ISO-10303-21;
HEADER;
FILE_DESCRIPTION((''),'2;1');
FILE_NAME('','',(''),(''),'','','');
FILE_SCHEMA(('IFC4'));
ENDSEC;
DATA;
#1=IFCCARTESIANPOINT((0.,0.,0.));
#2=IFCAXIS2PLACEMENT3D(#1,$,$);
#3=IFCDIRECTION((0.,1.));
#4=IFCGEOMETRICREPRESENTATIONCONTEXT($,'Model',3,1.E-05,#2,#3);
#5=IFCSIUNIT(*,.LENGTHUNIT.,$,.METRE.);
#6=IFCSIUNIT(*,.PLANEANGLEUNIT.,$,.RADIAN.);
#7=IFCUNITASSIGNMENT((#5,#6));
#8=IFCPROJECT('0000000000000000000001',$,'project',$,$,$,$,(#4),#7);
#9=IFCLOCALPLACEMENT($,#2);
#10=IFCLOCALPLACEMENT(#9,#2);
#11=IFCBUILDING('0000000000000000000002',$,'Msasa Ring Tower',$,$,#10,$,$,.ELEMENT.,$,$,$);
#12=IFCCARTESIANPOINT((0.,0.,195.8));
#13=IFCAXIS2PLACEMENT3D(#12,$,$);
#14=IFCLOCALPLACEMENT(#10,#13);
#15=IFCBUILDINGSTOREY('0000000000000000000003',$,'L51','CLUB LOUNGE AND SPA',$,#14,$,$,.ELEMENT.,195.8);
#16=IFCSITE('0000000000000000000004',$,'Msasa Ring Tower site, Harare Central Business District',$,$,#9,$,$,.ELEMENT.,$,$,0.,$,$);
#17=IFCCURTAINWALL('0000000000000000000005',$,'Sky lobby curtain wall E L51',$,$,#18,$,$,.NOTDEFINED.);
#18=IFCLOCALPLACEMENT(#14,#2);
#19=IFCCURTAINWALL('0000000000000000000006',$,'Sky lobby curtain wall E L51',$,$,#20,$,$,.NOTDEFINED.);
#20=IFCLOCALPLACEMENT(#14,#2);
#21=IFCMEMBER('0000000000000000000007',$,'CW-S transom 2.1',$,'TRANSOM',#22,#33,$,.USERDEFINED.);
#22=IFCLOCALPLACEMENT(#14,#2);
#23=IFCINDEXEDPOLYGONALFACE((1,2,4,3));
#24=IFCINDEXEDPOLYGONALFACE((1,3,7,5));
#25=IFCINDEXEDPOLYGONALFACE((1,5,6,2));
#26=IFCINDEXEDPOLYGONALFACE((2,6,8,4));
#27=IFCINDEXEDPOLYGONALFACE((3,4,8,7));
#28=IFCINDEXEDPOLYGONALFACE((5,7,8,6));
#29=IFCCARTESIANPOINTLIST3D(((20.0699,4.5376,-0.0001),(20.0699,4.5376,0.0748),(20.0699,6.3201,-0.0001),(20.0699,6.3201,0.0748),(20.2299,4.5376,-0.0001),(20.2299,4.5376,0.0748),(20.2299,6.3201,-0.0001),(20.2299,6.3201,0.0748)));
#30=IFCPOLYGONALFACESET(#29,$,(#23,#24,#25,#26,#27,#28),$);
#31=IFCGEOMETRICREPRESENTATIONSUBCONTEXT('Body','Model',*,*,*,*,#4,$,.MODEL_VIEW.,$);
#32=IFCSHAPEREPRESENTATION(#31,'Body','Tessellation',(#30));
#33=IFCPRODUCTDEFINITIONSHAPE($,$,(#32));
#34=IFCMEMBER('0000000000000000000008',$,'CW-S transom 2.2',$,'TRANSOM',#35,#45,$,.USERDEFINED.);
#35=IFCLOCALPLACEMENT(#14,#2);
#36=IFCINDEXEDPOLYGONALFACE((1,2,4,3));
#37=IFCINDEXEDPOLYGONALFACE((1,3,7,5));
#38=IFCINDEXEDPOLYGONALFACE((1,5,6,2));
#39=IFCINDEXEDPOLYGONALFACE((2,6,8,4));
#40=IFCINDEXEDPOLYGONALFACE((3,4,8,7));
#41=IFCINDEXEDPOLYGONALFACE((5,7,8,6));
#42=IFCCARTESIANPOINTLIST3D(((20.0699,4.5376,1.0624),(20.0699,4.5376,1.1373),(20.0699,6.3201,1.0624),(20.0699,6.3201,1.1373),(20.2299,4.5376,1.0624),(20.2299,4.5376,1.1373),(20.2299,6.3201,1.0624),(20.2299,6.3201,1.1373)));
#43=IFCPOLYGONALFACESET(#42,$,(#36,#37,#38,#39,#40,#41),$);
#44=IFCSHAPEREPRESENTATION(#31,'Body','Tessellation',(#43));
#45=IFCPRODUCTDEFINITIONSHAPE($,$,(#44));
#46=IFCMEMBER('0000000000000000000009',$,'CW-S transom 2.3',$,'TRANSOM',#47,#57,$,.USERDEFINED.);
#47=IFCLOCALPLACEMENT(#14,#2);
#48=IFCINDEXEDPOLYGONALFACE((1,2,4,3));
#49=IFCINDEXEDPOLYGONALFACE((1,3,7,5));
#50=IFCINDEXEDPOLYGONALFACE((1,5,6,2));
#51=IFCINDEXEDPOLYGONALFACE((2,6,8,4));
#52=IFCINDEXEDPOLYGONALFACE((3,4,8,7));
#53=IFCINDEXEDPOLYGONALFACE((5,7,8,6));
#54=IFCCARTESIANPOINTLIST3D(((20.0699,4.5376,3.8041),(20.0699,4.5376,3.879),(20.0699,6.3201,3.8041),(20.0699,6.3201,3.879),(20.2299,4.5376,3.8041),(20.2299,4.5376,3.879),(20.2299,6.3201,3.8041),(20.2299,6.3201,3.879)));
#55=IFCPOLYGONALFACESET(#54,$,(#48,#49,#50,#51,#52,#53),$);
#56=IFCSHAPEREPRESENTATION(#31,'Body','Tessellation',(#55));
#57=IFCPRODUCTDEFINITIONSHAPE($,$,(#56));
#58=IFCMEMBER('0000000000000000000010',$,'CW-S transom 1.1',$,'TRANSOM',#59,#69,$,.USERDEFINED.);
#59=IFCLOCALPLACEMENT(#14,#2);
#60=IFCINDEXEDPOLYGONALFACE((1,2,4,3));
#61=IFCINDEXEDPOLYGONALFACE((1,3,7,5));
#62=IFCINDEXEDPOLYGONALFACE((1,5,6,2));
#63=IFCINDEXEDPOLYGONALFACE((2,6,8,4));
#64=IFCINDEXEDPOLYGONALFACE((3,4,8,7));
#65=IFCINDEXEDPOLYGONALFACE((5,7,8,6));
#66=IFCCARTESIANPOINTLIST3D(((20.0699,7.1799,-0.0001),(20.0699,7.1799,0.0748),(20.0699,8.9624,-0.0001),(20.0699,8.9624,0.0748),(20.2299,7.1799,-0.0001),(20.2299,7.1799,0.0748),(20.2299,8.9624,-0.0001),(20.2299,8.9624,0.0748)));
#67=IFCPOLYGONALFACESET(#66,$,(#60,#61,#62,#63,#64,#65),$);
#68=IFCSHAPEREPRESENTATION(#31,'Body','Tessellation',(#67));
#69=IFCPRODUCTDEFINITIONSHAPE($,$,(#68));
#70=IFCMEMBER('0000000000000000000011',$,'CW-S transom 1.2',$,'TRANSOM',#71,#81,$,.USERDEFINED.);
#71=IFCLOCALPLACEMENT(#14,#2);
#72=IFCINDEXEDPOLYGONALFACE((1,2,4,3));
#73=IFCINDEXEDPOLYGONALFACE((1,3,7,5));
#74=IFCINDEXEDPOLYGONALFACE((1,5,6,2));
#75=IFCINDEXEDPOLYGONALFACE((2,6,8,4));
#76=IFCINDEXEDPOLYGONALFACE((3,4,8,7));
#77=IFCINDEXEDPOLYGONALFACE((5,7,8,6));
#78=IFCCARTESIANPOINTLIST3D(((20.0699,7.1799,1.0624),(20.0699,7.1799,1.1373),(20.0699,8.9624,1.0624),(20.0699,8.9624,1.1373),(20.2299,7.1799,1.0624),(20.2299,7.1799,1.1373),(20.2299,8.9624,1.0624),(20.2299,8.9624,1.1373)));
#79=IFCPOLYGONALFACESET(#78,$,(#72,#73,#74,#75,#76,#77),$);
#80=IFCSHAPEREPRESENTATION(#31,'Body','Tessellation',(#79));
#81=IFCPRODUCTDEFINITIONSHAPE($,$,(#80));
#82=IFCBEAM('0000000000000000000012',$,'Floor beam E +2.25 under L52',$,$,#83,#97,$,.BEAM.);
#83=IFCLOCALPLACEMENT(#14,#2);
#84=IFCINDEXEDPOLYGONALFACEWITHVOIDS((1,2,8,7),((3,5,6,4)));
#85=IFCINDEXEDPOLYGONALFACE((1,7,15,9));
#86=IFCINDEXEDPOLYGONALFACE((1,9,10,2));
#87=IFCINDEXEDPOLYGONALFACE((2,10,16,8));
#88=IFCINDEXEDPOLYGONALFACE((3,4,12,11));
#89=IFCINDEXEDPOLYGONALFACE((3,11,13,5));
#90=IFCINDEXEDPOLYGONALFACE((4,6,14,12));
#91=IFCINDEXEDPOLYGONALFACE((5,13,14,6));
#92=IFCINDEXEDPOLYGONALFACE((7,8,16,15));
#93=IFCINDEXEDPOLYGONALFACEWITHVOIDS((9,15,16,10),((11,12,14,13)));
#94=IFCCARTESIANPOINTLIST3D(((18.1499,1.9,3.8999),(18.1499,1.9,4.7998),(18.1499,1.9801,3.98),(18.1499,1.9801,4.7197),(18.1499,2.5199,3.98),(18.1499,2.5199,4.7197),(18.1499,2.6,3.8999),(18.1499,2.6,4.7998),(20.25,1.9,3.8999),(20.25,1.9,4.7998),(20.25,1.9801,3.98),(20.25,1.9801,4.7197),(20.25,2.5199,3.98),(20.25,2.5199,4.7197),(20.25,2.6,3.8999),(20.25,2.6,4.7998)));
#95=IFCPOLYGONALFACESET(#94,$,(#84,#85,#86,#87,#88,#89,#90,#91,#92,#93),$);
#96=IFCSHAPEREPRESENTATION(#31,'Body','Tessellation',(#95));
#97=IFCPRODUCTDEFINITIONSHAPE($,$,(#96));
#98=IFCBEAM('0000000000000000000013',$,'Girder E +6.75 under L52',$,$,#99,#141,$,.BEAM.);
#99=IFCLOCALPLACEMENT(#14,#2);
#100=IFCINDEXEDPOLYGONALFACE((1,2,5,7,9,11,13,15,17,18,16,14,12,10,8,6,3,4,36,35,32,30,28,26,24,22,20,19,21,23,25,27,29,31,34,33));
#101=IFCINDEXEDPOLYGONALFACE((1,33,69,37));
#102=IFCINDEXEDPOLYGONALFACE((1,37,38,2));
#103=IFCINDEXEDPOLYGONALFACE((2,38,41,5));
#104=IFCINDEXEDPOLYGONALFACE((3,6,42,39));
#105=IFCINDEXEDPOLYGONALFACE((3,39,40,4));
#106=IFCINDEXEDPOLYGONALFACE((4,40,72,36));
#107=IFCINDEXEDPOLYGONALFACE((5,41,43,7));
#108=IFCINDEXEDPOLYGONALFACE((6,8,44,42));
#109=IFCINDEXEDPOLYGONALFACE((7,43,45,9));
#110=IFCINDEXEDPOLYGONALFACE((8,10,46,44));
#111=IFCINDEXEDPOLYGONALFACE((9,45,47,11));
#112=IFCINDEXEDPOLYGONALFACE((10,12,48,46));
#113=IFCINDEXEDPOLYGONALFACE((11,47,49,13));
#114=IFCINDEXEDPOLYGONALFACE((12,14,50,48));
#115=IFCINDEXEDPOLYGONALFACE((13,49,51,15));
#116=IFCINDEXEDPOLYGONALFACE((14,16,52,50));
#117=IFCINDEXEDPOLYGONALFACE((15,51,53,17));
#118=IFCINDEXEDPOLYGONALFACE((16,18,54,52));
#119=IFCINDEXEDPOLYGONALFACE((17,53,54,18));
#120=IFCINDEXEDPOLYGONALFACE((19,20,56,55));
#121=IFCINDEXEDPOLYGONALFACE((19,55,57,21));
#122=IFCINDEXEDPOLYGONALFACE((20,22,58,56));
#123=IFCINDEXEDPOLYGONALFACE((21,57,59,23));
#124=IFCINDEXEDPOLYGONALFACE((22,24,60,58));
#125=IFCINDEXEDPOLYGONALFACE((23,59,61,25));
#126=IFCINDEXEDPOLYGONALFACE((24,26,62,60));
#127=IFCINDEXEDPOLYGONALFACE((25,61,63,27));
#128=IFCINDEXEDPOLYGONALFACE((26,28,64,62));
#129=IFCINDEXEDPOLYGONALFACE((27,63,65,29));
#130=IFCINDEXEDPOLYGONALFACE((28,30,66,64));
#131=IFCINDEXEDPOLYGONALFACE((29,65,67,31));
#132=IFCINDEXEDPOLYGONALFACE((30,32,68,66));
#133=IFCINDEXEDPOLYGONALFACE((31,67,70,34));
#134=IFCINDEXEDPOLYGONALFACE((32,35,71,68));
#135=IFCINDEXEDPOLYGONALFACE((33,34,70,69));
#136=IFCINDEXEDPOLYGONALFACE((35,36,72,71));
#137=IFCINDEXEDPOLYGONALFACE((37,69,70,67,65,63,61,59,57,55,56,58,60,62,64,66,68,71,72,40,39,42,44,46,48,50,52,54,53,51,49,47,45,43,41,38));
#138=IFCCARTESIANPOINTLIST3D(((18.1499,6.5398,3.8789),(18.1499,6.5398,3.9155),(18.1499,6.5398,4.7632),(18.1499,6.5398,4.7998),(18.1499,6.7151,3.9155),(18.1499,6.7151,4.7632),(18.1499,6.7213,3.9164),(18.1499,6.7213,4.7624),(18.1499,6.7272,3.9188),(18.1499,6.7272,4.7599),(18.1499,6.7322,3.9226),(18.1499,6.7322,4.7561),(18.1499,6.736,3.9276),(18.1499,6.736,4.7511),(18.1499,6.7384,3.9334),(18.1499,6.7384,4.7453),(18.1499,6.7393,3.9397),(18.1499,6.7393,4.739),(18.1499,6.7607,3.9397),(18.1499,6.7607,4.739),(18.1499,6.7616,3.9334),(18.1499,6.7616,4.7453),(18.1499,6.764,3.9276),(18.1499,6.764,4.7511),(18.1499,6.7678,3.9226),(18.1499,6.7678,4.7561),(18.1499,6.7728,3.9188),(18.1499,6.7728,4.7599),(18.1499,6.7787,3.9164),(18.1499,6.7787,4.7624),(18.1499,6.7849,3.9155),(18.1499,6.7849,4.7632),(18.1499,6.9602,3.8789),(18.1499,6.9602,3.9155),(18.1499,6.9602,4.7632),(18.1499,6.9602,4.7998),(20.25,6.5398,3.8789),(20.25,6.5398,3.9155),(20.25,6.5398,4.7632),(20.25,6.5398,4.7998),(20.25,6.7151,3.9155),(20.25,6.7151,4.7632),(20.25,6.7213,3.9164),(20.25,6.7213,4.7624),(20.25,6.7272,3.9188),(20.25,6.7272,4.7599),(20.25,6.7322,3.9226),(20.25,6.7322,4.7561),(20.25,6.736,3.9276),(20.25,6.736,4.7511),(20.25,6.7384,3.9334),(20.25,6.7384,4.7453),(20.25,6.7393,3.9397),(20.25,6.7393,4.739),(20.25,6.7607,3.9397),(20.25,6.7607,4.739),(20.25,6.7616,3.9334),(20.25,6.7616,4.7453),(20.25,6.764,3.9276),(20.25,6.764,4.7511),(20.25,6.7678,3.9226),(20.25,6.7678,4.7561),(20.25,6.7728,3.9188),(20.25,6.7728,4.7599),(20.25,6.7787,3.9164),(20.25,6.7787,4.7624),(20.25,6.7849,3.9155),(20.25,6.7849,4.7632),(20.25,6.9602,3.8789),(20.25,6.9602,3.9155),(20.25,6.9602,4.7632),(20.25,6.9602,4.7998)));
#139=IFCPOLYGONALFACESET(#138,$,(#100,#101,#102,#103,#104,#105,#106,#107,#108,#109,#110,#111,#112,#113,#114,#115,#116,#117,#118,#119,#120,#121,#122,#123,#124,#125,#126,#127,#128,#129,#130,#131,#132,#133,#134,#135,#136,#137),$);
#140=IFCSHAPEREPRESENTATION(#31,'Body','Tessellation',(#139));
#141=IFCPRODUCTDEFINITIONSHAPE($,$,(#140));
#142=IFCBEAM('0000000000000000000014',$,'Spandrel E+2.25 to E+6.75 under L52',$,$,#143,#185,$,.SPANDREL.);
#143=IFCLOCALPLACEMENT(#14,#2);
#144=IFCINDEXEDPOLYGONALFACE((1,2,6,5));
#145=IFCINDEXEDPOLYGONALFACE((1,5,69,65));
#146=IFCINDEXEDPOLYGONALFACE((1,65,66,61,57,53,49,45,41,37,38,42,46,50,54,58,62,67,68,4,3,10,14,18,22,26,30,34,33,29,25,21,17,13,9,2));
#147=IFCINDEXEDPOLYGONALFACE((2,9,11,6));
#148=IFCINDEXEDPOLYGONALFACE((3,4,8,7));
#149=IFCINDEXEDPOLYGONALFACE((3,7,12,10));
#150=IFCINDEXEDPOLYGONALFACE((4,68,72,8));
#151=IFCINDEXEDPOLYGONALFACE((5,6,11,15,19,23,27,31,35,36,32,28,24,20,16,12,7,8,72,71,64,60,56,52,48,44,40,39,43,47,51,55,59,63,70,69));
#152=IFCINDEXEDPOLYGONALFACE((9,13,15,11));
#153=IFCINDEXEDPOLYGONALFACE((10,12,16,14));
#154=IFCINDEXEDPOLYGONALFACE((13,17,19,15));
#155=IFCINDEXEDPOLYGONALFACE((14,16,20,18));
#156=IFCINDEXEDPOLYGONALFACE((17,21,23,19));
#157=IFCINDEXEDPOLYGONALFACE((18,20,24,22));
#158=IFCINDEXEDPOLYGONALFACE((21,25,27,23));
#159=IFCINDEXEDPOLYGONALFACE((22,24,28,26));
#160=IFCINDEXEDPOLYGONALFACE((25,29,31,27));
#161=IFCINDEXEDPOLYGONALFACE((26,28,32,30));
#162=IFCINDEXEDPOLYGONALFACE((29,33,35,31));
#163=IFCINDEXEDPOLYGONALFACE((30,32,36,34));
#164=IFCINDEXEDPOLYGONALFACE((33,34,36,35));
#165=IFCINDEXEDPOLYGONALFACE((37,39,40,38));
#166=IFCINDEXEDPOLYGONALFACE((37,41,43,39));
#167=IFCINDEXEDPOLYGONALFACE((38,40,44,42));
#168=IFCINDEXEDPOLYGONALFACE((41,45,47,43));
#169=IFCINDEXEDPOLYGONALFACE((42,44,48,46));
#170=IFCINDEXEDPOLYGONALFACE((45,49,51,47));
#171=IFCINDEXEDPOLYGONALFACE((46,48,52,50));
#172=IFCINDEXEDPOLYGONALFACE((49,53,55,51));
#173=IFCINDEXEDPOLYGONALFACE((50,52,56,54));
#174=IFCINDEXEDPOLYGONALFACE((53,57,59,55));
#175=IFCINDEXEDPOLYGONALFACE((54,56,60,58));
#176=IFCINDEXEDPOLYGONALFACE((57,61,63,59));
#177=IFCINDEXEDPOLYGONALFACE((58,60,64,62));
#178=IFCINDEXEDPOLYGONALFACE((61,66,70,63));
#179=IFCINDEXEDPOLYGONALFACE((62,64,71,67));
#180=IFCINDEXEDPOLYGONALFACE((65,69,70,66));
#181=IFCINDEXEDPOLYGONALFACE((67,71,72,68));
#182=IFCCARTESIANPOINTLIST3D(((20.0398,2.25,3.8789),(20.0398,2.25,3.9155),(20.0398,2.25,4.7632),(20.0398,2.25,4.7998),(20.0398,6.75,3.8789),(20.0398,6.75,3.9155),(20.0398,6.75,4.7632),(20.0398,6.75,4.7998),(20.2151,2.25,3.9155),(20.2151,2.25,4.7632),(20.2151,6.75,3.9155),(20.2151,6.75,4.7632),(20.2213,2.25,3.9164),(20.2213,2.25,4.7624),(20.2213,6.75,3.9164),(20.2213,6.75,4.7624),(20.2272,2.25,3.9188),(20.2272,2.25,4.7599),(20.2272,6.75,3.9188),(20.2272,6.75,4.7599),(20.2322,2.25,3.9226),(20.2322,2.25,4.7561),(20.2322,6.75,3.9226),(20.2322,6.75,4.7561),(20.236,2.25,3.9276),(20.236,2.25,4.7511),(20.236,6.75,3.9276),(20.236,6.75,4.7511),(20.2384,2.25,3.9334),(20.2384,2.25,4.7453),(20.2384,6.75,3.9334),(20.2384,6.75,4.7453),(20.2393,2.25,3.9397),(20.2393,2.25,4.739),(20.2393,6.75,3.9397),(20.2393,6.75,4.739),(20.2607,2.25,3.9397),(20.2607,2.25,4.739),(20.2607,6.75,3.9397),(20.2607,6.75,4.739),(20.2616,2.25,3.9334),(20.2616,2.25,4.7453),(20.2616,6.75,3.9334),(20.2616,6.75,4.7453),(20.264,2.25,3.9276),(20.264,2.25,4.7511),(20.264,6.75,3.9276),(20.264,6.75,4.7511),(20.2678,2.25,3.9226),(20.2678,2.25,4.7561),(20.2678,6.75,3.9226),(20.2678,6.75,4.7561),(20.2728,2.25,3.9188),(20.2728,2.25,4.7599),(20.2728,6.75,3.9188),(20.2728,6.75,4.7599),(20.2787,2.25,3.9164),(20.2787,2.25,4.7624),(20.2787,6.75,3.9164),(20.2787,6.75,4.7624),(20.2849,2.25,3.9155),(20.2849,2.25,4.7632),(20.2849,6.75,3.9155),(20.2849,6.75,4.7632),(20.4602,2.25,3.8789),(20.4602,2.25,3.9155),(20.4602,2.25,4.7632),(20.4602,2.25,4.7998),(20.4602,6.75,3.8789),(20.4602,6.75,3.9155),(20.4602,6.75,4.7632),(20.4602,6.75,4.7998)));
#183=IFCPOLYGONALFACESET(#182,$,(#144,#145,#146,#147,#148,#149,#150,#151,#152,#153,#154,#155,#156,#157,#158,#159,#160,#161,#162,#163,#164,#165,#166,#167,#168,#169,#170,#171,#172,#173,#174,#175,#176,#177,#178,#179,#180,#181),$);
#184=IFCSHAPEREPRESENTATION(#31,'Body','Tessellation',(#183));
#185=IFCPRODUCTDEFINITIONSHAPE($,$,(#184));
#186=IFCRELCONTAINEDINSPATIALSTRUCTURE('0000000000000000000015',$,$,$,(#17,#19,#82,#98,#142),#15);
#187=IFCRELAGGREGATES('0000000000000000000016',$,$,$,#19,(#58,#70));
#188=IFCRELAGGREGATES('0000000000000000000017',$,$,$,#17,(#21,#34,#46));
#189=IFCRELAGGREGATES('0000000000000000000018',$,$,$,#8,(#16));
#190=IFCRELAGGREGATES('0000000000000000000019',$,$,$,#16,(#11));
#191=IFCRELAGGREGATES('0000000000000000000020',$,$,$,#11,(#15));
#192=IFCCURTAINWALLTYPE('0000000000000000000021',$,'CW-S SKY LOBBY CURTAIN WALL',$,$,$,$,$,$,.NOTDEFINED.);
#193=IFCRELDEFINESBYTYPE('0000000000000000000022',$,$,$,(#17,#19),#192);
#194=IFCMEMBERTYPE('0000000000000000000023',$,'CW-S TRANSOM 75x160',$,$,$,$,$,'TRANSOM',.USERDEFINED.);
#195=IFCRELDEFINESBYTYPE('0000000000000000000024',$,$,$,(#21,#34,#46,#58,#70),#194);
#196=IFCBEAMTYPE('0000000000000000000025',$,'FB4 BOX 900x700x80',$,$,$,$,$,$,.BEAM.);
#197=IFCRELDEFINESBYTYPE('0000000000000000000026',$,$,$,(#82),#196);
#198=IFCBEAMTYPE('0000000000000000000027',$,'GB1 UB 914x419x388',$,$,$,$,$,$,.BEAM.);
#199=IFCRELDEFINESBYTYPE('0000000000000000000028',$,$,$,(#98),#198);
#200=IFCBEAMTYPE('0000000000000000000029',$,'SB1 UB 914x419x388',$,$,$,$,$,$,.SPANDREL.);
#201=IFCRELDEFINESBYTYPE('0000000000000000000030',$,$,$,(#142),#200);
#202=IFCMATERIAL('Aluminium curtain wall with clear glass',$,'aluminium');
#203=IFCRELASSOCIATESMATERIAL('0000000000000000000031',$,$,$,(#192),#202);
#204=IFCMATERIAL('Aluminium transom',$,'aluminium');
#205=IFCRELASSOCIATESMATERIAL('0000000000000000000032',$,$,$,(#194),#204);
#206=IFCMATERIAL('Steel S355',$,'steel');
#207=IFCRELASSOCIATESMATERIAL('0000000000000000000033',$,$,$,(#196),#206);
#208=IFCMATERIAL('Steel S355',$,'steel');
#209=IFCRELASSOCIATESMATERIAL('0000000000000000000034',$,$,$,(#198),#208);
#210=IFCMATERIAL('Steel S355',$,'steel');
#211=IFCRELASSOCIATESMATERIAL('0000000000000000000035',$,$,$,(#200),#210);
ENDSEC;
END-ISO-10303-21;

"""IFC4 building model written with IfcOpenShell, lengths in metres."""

from ifc_helpers import new_model, si_unit, direction, frame, origin, origin_2d, place, context, subcontext, project, spatial, rectangle, hollow_rectangle, i_section, extrude, material, material_profile, profile_set, type_object, element, aggregate, save


model = new_model("IFC4")

# Units and contexts
model_context = context("Model", 3, precision=1e-05, world=origin(), true_north=direction((0.0, 1.0)))
body_context = subcontext(model_context, "Body", "Model", "MODEL_VIEW")
ifc_project = project(units=[si_unit("LENGTHUNIT", "METRE"), si_unit("PLANEANGLEUNIT", "RADIAN")], contexts=[model_context])

# Site, building, storey
site_placement = place(None, origin())
site = spatial("IfcSite", under=ifc_project, at=site_placement, Name="Msasa Ring Tower site, Harare Central Business District", CompositionType="ELEMENT", RefElevation=0.0)
building_placement = place(site_placement, origin())
building = spatial("IfcBuilding", under=site, at=building_placement, Name="Msasa Ring Tower", CompositionType="ELEMENT")
storey_placement = place(building_placement, frame((0.0, 0.0, 195.8)))
storey = spatial("IfcBuildingStorey", under=building, at=storey_placement, Name="L51", Description="CLUB LOUNGE AND SPA", CompositionType="ELEMENT", Elevation=195.8)

# Curtain wall
ifc_material_1 = material(Name="Aluminium curtain wall with clear glass", Category="aluminium")
curtain_wall_type = type_object("IfcCurtainWallType", Name="CW-S SKY LOBBY CURTAIN WALL", PredefinedType="NOTDEFINED", material=ifc_material_1)
curtain_wall_1_placement = place(storey_placement, origin())
curtain_wall_1 = element("IfcCurtainWall", 1, at=curtain_wall_1_placement, inside=storey, type_object=curtain_wall_type, Name="Sky lobby curtain wall E L51", PredefinedType="NOTDEFINED")

# Curtain wall
curtain_wall_2_placement = place(storey_placement, origin())
curtain_wall_2 = element("IfcCurtainWall", 2, at=curtain_wall_2_placement, inside=storey, type_object=curtain_wall_type, Name="Sky lobby curtain wall E L51", PredefinedType="NOTDEFINED")

# Members
ifc_material_2 = material(Name="Aluminium transom", Category="aluminium")
ifc_material_profile_1 = material_profile(ifc_material_2, rectangle(XDim=0.1599, YDim=0.075, at=origin_2d()), Name="AL 75x160")
ifc_profile_set_1 = profile_set([ifc_material_profile_1], Name="Aluminium transom")
member_type_1 = type_object("IfcMemberType", Name="CW-S TRANSOM 75x160", ElementType="TRANSOM", PredefinedType="USERDEFINED", material=ifc_profile_set_1)
member_1_placement = place(storey_placement, frame((20.1499, 4.5376, 0.0374), z_axis=(0.0, 1.0, 0.0), x_axis=(-1.0, 0.0, 0.0)))
member_1 = element("IfcMember", 3, at=member_1_placement, type_object=member_type_1, Name="CW-S transom 2.1", ObjectType="TRANSOM", PredefinedType="USERDEFINED", context=body_context, shape_type="SweptSolid", body=[
    extrude(rectangle(XDim=0.1599, YDim=0.075, at=origin_2d()), origin(), (0.0, 0.0, 1.0), 1.7825),
])
member_2_placement = place(storey_placement, frame((20.1499, 4.5376, 1.0999), z_axis=(0.0, 1.0, 0.0), x_axis=(-1.0, 0.0, 0.0)))
member_2 = element("IfcMember", 4, at=member_2_placement, type_object=member_type_1, Name="CW-S transom 2.2", ObjectType="TRANSOM", PredefinedType="USERDEFINED", context=body_context, shape_type="SweptSolid", body=[
    extrude(rectangle(XDim=0.1599, YDim=0.075, at=origin_2d()), origin(), (0.0, 0.0, 1.0), 1.7825),
])
member_3_placement = place(storey_placement, frame((20.1499, 4.5376, 3.8416), z_axis=(0.0, 1.0, 0.0), x_axis=(-1.0, 0.0, 0.0)))
member_3 = element("IfcMember", 5, at=member_3_placement, type_object=member_type_1, Name="CW-S transom 2.3", ObjectType="TRANSOM", PredefinedType="USERDEFINED", context=body_context, shape_type="SweptSolid", body=[
    extrude(rectangle(XDim=0.1599, YDim=0.075, at=origin_2d()), origin(), (0.0, 0.0, 1.0), 1.7825),
])
member_4_placement = place(storey_placement, frame((20.1499, 7.1799, 0.0374), z_axis=(0.0, 1.0, 0.0), x_axis=(-1.0, 0.0, 0.0)))
member_4 = element("IfcMember", 6, at=member_4_placement, type_object=member_type_1, Name="CW-S transom 1.1", ObjectType="TRANSOM", PredefinedType="USERDEFINED", context=body_context, shape_type="SweptSolid", body=[
    extrude(rectangle(XDim=0.1599, YDim=0.075, at=origin_2d()), origin(), (0.0, 0.0, 1.0), 1.7825),
])
member_5_placement = place(storey_placement, frame((20.1499, 7.1799, 1.0999), z_axis=(0.0, 1.0, 0.0), x_axis=(-1.0, 0.0, 0.0)))
member_5 = element("IfcMember", 7, at=member_5_placement, type_object=member_type_1, Name="CW-S transom 1.2", ObjectType="TRANSOM", PredefinedType="USERDEFINED", context=body_context, shape_type="SweptSolid", body=[
    extrude(rectangle(XDim=0.1599, YDim=0.075, at=origin_2d()), origin(), (0.0, 0.0, 1.0), 1.7825),
])
aggregate(curtain_wall_2, [member_4, member_5])

# Beams
ifc_material_3 = material(Name="Steel S355", Category="steel")
ifc_material_profile_2 = material_profile(ifc_material_3, hollow_rectangle(XDim=0.7, YDim=0.8999, WallThickness=0.0801, at=origin_2d()), Name="BOX 900x700x80")
ifc_profile_set_2 = profile_set([ifc_material_profile_2], Name="Steel S355")
beam_type_1 = type_object("IfcBeamType", Name="FB4 BOX 900x700x80", PredefinedType="BEAM", material=ifc_profile_set_2)
beam_1_placement = place(storey_placement, frame((20.25, 2.25, 4.3499), z_axis=(-1.0, 0.0, 0.0), x_axis=(0.0, -1.0, 0.0)))
element("IfcBeam", 8, at=beam_1_placement, inside=storey, type_object=beam_type_1, Name="Floor beam E +2.25 under L52", PredefinedType="BEAM", context=body_context, shape_type="SweptSolid", body=[
    extrude(hollow_rectangle(XDim=0.7, YDim=0.8999, WallThickness=0.0801, at=origin_2d()), origin(), (0.0, 0.0, 1.0), 2.1001),
])
ifc_material_4 = material(Name="Steel S355", Category="steel")
ifc_material_profile_3 = material_profile(ifc_material_4, i_section(OverallWidth=0.4204, OverallDepth=0.9209, WebThickness=0.0215, FlangeThickness=0.0366, FilletRadius=0.0242, at=origin_2d()), Name="UB 914x419x388")
ifc_profile_set_3 = profile_set([ifc_material_profile_3], Name="Steel S355")
beam_type_2 = type_object("IfcBeamType", Name="GB1 UB 914x419x388", PredefinedType="BEAM", material=ifc_profile_set_3)
beam_2_placement = place(storey_placement, frame((18.1499, 6.75, 4.3394), z_axis=(1.0, 0.0, 0.0), x_axis=(0.0, 1.0, 0.0)))
element("IfcBeam", 9, at=beam_2_placement, inside=storey, type_object=beam_type_2, Name="Girder E +6.75 under L52", PredefinedType="BEAM", context=body_context, shape_type="SweptSolid", body=[
    extrude(i_section(OverallWidth=0.4204, OverallDepth=0.9209, WebThickness=0.0215, FlangeThickness=0.0366, FilletRadius=0.0242, at=origin_2d()), origin(), (0.0, 0.0, 1.0), 2.1001),
])
ifc_material_5 = material(Name="Steel S355", Category="steel")
ifc_material_profile_4 = material_profile(ifc_material_5, i_section(OverallWidth=0.4204, OverallDepth=0.9209, WebThickness=0.0215, FlangeThickness=0.0366, FilletRadius=0.0242, at=origin_2d()), Name="UB 914x419x388")
ifc_profile_set_4 = profile_set([ifc_material_profile_4], Name="Steel S355")
beam_type_3 = type_object("IfcBeamType", Name="SB1 UB 914x419x388", PredefinedType="SPANDREL", material=ifc_profile_set_4)
for number, where, z_axis, x_axis, name in (
    (10, (20.25, 2.25, 4.3394), (0.0, 1.0, 0.0), (-1.0, 0.0, 0.0), "Spandrel E+2.25 to E+6.75 under L52"),
):
    element("IfcBeam", number, at=place(storey_placement, frame(where, z_axis=z_axis, x_axis=x_axis)), inside=storey, type_object=beam_type_3, Name=name, PredefinedType="SPANDREL", context=body_context, shape_type="SweptSolid", body=[
        extrude(i_section(OverallWidth=0.4204, OverallDepth=0.9209, WebThickness=0.0215, FlangeThickness=0.0366, FilletRadius=0.0242, at=origin_2d()), origin(), (0.0, 0.0, 1.0), 4.5),
    ])

aggregate(curtain_wall_1, [member_1, member_2, member_3])

save(model, "model.ifc")
